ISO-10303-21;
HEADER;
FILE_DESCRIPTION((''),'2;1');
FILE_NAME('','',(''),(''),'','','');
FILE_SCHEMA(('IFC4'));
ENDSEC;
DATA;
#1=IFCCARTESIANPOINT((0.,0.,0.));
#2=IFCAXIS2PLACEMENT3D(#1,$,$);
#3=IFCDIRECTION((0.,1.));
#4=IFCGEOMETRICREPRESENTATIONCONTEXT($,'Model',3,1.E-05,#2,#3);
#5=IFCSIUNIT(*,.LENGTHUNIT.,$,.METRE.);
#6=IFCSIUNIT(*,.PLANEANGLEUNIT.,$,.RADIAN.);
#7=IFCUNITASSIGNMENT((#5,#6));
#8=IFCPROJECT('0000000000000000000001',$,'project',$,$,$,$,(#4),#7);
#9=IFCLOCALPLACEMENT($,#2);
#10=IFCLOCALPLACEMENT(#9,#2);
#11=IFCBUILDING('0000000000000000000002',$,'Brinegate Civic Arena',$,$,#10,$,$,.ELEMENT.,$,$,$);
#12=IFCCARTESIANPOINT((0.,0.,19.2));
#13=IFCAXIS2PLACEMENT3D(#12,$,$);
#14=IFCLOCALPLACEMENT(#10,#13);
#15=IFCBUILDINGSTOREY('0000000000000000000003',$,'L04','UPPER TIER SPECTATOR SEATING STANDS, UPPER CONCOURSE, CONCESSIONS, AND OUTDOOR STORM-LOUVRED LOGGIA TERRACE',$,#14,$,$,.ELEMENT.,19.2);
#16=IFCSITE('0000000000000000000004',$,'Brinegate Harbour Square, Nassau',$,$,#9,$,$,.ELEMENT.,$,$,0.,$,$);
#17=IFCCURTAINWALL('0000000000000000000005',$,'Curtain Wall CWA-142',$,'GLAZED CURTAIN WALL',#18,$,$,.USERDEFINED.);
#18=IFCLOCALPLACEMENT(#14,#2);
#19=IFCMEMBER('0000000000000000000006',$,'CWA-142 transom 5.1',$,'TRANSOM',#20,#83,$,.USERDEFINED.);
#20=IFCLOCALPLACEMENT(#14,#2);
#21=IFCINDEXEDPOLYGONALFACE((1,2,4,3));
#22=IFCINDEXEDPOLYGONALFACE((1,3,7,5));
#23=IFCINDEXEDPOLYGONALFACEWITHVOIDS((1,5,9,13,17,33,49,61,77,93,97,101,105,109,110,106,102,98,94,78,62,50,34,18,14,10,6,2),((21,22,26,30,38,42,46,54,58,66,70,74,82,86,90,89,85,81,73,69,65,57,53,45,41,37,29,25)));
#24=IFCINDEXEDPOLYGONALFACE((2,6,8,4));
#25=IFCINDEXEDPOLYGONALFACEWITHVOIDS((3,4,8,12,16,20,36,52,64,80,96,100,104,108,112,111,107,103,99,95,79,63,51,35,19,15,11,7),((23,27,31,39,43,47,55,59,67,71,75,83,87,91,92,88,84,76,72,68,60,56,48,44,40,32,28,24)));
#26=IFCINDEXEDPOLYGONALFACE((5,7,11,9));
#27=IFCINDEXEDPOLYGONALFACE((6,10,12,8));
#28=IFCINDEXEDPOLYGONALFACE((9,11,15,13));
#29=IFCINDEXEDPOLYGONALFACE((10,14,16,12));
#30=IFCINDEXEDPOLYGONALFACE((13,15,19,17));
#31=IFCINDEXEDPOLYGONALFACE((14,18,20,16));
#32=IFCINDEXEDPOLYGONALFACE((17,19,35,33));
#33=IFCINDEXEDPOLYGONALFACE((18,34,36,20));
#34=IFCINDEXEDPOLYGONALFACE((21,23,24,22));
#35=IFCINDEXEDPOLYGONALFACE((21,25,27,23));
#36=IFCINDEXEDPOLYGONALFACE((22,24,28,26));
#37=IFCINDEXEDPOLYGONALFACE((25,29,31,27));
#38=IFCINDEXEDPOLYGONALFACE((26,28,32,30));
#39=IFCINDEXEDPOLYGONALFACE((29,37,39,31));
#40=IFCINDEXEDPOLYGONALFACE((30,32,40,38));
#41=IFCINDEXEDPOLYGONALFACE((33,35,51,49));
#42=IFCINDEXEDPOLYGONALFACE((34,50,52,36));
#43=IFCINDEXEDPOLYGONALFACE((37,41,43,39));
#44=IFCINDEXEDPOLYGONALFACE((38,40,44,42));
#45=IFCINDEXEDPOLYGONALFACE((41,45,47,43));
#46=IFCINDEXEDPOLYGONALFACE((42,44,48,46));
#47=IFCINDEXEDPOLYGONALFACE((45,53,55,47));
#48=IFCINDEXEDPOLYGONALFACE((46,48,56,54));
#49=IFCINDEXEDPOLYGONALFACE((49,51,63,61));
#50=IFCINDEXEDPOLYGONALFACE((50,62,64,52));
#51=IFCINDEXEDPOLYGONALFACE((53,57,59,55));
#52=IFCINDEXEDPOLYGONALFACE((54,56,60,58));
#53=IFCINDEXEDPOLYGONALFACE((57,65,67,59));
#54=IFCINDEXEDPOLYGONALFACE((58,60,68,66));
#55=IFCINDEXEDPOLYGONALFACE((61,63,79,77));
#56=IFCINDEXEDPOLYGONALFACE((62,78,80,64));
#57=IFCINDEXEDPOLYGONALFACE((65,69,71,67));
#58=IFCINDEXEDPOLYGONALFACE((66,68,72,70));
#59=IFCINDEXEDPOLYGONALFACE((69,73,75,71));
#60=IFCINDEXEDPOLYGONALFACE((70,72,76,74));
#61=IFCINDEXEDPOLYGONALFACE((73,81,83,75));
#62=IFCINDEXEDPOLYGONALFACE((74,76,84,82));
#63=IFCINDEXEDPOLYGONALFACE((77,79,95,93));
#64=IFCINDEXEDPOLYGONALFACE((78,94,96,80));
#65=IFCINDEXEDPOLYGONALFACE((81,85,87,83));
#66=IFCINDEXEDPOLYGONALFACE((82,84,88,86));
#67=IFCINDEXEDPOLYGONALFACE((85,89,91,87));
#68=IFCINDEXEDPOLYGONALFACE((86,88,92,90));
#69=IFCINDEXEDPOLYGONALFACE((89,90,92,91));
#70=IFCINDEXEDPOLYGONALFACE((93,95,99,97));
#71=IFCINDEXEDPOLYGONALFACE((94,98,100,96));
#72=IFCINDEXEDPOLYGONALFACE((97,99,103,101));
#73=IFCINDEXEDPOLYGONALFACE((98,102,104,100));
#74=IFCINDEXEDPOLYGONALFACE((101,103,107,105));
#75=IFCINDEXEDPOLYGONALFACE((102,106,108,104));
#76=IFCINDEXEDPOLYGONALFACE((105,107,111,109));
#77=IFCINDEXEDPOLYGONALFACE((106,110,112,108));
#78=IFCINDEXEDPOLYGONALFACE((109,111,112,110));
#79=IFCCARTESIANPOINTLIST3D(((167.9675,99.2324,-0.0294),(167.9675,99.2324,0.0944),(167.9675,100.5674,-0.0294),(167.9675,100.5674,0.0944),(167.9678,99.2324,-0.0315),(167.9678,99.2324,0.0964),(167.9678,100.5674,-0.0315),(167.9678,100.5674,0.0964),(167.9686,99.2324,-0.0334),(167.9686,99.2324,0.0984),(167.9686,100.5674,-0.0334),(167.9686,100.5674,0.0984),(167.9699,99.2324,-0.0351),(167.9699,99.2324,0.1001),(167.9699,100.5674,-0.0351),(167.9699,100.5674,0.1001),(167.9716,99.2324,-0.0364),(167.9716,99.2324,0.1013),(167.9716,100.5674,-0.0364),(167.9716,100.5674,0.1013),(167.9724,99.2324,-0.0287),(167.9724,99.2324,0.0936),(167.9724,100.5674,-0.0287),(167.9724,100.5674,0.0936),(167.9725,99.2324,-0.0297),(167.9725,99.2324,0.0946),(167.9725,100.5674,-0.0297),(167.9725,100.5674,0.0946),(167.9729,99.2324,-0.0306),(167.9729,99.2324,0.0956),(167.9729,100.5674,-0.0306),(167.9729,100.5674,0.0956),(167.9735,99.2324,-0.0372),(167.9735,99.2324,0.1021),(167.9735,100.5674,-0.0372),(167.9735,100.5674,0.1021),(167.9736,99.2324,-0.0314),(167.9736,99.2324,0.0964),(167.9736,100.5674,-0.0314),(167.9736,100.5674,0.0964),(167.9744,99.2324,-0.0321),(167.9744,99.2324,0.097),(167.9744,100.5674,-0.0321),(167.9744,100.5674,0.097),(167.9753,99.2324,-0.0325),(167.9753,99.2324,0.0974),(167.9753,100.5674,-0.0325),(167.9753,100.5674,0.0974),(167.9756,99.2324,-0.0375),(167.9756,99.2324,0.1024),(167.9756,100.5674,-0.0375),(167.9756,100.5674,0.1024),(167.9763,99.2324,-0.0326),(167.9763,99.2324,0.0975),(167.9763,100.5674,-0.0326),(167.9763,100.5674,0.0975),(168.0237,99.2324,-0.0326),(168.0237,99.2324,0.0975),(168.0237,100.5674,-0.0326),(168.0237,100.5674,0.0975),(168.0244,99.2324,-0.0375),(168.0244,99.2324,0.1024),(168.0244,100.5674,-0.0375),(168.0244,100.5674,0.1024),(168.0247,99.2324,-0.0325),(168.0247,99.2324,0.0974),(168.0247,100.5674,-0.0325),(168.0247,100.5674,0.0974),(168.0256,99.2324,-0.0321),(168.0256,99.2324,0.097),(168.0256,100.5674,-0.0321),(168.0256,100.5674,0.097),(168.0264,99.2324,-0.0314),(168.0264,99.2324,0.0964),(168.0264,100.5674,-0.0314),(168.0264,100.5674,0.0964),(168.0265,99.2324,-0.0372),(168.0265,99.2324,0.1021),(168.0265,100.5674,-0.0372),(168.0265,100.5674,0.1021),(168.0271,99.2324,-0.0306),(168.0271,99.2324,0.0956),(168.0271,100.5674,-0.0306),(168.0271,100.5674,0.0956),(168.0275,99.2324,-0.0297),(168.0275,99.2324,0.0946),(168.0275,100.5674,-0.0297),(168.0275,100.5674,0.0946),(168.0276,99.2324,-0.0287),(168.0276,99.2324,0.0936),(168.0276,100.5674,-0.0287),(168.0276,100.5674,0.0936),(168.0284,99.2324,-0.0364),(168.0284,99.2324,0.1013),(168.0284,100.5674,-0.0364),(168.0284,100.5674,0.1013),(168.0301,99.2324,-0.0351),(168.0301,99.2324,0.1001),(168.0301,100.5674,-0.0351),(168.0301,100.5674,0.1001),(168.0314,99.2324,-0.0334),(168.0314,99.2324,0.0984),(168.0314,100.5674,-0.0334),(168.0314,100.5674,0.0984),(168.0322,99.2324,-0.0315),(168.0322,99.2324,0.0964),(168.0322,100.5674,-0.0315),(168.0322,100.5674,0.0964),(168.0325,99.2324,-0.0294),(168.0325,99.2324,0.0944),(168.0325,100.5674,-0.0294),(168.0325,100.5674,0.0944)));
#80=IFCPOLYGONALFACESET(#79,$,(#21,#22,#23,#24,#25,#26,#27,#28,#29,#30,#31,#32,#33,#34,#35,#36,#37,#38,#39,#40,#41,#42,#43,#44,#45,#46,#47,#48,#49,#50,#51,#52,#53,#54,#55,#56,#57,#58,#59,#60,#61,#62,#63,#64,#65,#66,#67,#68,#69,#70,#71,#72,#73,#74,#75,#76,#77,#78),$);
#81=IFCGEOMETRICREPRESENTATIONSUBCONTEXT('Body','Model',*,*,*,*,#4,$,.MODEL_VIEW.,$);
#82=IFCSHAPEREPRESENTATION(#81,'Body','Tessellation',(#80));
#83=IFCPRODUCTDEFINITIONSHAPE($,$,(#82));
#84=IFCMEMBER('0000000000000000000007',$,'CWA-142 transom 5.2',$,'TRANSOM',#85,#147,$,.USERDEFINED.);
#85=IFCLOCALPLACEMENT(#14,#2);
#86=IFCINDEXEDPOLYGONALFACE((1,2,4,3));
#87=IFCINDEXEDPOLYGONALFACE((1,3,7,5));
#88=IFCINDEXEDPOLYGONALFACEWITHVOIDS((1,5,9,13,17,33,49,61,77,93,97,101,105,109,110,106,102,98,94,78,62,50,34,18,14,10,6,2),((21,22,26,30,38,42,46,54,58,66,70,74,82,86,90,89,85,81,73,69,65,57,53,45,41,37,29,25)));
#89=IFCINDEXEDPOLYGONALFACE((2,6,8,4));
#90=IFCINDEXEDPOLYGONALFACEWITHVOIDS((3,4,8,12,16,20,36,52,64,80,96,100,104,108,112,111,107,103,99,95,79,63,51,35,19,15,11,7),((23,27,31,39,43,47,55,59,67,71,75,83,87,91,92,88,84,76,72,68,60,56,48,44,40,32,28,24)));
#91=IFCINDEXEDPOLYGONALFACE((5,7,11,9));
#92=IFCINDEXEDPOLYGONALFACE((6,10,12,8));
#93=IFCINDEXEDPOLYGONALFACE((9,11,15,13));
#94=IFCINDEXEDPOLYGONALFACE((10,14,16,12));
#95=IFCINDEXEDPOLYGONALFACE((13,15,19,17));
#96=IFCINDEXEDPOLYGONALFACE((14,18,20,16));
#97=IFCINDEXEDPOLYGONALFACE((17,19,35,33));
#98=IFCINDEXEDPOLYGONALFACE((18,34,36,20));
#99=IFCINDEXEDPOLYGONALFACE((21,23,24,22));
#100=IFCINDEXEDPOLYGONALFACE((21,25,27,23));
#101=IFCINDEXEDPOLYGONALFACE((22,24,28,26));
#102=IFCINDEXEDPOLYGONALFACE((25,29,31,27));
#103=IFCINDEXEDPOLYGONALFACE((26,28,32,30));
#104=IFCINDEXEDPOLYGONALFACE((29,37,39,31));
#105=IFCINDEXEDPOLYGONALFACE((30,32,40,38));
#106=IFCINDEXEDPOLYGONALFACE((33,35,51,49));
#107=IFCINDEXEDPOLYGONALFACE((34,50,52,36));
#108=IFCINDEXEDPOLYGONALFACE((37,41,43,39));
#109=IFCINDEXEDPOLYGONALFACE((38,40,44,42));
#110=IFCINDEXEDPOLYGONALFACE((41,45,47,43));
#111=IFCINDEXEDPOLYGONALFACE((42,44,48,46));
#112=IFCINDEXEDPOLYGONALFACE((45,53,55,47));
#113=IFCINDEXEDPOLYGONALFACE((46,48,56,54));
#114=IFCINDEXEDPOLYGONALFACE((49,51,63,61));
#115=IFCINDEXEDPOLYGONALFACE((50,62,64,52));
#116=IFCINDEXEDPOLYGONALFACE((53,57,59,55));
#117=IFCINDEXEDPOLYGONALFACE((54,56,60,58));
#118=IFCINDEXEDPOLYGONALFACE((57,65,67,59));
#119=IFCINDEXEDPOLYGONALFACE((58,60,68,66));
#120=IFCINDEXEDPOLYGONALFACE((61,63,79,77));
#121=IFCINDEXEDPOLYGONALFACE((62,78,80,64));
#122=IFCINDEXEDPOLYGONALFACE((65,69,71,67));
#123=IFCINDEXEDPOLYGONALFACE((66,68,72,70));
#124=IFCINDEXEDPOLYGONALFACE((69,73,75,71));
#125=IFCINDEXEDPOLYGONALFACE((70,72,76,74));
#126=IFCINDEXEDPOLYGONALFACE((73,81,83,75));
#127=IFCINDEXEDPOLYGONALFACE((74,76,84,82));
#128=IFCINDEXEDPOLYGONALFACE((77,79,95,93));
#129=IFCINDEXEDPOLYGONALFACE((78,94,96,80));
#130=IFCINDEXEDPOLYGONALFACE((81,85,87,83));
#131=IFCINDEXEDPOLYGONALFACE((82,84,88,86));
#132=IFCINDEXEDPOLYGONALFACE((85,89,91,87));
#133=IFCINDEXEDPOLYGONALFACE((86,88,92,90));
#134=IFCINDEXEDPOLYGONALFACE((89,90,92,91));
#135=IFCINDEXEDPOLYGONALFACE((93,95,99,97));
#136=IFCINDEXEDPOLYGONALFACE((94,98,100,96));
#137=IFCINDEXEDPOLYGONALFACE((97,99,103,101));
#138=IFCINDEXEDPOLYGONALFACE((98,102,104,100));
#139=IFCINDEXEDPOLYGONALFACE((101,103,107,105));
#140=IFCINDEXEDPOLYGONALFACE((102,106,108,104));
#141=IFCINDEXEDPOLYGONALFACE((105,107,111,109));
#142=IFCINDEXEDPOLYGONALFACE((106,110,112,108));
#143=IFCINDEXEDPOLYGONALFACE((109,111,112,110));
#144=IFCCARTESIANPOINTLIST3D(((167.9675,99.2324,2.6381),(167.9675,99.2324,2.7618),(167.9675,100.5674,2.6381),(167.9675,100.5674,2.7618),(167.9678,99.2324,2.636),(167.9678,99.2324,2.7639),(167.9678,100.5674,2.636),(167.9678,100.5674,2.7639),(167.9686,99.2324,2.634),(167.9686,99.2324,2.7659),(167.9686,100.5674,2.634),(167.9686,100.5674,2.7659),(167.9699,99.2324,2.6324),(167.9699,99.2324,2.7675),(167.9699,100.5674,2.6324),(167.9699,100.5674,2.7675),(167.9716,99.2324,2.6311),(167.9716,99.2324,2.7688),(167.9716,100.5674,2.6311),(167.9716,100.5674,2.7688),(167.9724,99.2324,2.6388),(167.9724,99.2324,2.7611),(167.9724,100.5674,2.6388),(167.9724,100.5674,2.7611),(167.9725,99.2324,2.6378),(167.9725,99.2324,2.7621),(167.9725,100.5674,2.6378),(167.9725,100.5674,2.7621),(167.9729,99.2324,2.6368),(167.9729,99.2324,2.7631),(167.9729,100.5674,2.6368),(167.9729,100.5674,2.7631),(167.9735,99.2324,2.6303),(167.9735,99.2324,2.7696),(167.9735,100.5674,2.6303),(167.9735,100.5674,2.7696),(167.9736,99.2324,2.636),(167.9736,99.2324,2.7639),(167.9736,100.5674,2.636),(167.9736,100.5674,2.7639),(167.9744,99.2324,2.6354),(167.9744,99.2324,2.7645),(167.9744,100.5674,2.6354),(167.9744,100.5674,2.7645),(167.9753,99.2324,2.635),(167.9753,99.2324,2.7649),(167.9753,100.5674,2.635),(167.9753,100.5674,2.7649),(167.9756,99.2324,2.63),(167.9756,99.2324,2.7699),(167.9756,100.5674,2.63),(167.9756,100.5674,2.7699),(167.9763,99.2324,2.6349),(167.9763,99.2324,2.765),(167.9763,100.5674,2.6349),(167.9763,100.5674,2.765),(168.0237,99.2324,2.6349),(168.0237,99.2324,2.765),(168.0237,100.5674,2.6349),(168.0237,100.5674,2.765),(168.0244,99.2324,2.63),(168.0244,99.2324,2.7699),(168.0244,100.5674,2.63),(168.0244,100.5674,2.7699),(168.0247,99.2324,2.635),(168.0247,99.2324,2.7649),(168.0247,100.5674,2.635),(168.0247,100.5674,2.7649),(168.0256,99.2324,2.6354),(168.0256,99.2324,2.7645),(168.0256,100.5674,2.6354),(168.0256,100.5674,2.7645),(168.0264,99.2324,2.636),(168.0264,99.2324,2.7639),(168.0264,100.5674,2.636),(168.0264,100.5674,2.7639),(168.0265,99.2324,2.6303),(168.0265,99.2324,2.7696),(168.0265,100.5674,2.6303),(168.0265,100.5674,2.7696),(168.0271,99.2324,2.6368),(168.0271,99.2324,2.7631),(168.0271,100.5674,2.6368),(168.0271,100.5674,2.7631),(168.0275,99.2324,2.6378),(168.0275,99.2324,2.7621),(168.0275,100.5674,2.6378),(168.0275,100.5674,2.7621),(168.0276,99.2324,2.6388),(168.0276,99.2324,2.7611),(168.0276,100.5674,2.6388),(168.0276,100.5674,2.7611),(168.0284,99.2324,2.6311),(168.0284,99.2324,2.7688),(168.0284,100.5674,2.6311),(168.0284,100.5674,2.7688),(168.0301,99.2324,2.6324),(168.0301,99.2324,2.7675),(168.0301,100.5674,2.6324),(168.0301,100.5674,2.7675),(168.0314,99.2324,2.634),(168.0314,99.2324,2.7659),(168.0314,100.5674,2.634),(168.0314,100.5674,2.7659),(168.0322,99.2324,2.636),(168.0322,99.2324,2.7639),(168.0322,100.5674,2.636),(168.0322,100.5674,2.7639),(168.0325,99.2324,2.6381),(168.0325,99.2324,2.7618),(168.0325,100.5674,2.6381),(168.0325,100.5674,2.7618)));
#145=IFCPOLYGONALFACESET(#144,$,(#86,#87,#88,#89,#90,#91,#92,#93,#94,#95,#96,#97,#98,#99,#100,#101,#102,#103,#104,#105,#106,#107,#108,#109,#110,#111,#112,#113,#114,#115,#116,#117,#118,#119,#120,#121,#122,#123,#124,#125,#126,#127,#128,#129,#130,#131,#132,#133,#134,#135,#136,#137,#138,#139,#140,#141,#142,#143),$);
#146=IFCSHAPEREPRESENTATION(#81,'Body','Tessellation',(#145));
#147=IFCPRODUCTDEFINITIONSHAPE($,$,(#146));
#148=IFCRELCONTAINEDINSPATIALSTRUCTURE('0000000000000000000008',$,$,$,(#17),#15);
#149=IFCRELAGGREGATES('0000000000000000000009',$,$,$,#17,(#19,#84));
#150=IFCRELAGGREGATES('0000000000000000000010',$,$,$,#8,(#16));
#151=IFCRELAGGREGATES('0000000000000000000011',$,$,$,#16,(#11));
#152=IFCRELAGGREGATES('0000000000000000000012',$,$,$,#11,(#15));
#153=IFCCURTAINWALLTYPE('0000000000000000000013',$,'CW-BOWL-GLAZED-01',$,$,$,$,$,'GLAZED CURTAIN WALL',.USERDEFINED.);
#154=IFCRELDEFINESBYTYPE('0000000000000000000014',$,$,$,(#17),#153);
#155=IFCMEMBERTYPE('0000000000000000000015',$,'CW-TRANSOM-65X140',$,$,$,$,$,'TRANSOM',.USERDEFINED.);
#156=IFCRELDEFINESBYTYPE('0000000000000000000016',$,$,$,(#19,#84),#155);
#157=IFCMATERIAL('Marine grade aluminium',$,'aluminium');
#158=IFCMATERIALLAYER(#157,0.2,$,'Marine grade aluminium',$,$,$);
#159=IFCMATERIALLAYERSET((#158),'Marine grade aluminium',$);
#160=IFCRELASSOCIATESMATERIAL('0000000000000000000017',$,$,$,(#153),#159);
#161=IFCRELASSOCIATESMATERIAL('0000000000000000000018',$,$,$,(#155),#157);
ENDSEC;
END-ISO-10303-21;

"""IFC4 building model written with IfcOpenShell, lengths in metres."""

from ifc_helpers import new_model, si_unit, direction, frame, origin, origin_2d, place, context, subcontext, project, spatial, hollow_rectangle, extrude, material, layer, layer_set, material_profile, profile_set, type_object, element, aggregate, save


model = new_model("IFC4")

# Units and contexts
model_context = context("Model", 3, precision=1e-05, world=origin(), true_north=direction((0.0, 1.0)))
body_context = subcontext(model_context, "Body", "Model", "MODEL_VIEW")
ifc_project = project(units=[si_unit("LENGTHUNIT", "METRE"), si_unit("PLANEANGLEUNIT", "RADIAN")], contexts=[model_context])

# Site, building, storey
site_placement = place(None, origin())
site = spatial("IfcSite", under=ifc_project, at=site_placement, Name="Brinegate Harbour Square, Nassau", CompositionType="ELEMENT", RefElevation=0.0)
building_placement = place(site_placement, origin())
building = spatial("IfcBuilding", under=site, at=building_placement, Name="Brinegate Civic Arena", CompositionType="ELEMENT")
storey_placement = place(building_placement, frame((0.0, 0.0, 19.2)))
storey = spatial("IfcBuildingStorey", under=building, at=storey_placement, Name="L04", Description="UPPER TIER SPECTATOR SEATING STANDS, UPPER CONCOURSE, CONCESSIONS, AND OUTDOOR STORM-LOUVRED LOGGIA TERRACE", CompositionType="ELEMENT", Elevation=19.2)

# Curtain wall, members
ifc_material_1 = material(Name="Marine grade aluminium", Category="aluminium")
ifc_layer_1 = layer(ifc_material_1, 0.2, Name="Marine grade aluminium")
ifc_layer_set_1 = layer_set([ifc_layer_1], Name="Marine grade aluminium")
curtain_wall_type = type_object("IfcCurtainWallType", Name="CW-BOWL-GLAZED-01", ElementType="GLAZED CURTAIN WALL", PredefinedType="USERDEFINED", material=ifc_layer_set_1)
curtain_wall_placement = place(storey_placement, origin())
curtain_wall = element("IfcCurtainWall", 1, at=curtain_wall_placement, inside=storey, type_object=curtain_wall_type, Name="Curtain Wall CWA-142", ObjectType="GLAZED CURTAIN WALL", PredefinedType="USERDEFINED")
ifc_material_profile_1 = material_profile(ifc_material_1, hollow_rectangle(XDim=0.0649, YDim=0.1399, WallThickness=0.0049, InnerFilletRadius=0.0039, OuterFilletRadius=0.0081, at=origin_2d()), Name="TRN65X140")
ifc_profile_set_1 = profile_set([ifc_material_profile_1], Name="Marine grade aluminium")
member_type_1 = type_object("IfcMemberType", Name="CW-TRANSOM-65X140", ElementType="TRANSOM", PredefinedType="USERDEFINED", material=ifc_profile_set_1)
member_1_placement = place(storey_placement, frame((168.0, 99.2324, 0.0325), z_axis=(0.0, 1.0, 0.0), x_axis=(-1.0, 0.0, 0.0)))
member_1 = element("IfcMember", 2, at=member_1_placement, type_object=member_type_1, Name="CWA-142 transom 5.1", ObjectType="TRANSOM", PredefinedType="USERDEFINED", context=body_context, shape_type="SweptSolid", body=[
    extrude(hollow_rectangle(XDim=0.0649, YDim=0.1399, WallThickness=0.0049, InnerFilletRadius=0.0039, OuterFilletRadius=0.0081, at=origin_2d()), origin(), (0.0, 0.0, 1.0), 1.335),
])
member_2_placement = place(storey_placement, frame((168.0, 99.2324, 2.7), z_axis=(0.0, 1.0, 0.0), x_axis=(-1.0, 0.0, 0.0)))
member_2 = element("IfcMember", 3, at=member_2_placement, type_object=member_type_1, Name="CWA-142 transom 5.2", ObjectType="TRANSOM", PredefinedType="USERDEFINED", context=body_context, shape_type="SweptSolid", body=[
    extrude(hollow_rectangle(XDim=0.0649, YDim=0.1399, WallThickness=0.0049, InnerFilletRadius=0.0039, OuterFilletRadius=0.0081, at=origin_2d()), origin(), (0.0, 0.0, 1.0), 1.335),
])
aggregate(curtain_wall, [member_1, member_2])

save(model, "model.ifc")
